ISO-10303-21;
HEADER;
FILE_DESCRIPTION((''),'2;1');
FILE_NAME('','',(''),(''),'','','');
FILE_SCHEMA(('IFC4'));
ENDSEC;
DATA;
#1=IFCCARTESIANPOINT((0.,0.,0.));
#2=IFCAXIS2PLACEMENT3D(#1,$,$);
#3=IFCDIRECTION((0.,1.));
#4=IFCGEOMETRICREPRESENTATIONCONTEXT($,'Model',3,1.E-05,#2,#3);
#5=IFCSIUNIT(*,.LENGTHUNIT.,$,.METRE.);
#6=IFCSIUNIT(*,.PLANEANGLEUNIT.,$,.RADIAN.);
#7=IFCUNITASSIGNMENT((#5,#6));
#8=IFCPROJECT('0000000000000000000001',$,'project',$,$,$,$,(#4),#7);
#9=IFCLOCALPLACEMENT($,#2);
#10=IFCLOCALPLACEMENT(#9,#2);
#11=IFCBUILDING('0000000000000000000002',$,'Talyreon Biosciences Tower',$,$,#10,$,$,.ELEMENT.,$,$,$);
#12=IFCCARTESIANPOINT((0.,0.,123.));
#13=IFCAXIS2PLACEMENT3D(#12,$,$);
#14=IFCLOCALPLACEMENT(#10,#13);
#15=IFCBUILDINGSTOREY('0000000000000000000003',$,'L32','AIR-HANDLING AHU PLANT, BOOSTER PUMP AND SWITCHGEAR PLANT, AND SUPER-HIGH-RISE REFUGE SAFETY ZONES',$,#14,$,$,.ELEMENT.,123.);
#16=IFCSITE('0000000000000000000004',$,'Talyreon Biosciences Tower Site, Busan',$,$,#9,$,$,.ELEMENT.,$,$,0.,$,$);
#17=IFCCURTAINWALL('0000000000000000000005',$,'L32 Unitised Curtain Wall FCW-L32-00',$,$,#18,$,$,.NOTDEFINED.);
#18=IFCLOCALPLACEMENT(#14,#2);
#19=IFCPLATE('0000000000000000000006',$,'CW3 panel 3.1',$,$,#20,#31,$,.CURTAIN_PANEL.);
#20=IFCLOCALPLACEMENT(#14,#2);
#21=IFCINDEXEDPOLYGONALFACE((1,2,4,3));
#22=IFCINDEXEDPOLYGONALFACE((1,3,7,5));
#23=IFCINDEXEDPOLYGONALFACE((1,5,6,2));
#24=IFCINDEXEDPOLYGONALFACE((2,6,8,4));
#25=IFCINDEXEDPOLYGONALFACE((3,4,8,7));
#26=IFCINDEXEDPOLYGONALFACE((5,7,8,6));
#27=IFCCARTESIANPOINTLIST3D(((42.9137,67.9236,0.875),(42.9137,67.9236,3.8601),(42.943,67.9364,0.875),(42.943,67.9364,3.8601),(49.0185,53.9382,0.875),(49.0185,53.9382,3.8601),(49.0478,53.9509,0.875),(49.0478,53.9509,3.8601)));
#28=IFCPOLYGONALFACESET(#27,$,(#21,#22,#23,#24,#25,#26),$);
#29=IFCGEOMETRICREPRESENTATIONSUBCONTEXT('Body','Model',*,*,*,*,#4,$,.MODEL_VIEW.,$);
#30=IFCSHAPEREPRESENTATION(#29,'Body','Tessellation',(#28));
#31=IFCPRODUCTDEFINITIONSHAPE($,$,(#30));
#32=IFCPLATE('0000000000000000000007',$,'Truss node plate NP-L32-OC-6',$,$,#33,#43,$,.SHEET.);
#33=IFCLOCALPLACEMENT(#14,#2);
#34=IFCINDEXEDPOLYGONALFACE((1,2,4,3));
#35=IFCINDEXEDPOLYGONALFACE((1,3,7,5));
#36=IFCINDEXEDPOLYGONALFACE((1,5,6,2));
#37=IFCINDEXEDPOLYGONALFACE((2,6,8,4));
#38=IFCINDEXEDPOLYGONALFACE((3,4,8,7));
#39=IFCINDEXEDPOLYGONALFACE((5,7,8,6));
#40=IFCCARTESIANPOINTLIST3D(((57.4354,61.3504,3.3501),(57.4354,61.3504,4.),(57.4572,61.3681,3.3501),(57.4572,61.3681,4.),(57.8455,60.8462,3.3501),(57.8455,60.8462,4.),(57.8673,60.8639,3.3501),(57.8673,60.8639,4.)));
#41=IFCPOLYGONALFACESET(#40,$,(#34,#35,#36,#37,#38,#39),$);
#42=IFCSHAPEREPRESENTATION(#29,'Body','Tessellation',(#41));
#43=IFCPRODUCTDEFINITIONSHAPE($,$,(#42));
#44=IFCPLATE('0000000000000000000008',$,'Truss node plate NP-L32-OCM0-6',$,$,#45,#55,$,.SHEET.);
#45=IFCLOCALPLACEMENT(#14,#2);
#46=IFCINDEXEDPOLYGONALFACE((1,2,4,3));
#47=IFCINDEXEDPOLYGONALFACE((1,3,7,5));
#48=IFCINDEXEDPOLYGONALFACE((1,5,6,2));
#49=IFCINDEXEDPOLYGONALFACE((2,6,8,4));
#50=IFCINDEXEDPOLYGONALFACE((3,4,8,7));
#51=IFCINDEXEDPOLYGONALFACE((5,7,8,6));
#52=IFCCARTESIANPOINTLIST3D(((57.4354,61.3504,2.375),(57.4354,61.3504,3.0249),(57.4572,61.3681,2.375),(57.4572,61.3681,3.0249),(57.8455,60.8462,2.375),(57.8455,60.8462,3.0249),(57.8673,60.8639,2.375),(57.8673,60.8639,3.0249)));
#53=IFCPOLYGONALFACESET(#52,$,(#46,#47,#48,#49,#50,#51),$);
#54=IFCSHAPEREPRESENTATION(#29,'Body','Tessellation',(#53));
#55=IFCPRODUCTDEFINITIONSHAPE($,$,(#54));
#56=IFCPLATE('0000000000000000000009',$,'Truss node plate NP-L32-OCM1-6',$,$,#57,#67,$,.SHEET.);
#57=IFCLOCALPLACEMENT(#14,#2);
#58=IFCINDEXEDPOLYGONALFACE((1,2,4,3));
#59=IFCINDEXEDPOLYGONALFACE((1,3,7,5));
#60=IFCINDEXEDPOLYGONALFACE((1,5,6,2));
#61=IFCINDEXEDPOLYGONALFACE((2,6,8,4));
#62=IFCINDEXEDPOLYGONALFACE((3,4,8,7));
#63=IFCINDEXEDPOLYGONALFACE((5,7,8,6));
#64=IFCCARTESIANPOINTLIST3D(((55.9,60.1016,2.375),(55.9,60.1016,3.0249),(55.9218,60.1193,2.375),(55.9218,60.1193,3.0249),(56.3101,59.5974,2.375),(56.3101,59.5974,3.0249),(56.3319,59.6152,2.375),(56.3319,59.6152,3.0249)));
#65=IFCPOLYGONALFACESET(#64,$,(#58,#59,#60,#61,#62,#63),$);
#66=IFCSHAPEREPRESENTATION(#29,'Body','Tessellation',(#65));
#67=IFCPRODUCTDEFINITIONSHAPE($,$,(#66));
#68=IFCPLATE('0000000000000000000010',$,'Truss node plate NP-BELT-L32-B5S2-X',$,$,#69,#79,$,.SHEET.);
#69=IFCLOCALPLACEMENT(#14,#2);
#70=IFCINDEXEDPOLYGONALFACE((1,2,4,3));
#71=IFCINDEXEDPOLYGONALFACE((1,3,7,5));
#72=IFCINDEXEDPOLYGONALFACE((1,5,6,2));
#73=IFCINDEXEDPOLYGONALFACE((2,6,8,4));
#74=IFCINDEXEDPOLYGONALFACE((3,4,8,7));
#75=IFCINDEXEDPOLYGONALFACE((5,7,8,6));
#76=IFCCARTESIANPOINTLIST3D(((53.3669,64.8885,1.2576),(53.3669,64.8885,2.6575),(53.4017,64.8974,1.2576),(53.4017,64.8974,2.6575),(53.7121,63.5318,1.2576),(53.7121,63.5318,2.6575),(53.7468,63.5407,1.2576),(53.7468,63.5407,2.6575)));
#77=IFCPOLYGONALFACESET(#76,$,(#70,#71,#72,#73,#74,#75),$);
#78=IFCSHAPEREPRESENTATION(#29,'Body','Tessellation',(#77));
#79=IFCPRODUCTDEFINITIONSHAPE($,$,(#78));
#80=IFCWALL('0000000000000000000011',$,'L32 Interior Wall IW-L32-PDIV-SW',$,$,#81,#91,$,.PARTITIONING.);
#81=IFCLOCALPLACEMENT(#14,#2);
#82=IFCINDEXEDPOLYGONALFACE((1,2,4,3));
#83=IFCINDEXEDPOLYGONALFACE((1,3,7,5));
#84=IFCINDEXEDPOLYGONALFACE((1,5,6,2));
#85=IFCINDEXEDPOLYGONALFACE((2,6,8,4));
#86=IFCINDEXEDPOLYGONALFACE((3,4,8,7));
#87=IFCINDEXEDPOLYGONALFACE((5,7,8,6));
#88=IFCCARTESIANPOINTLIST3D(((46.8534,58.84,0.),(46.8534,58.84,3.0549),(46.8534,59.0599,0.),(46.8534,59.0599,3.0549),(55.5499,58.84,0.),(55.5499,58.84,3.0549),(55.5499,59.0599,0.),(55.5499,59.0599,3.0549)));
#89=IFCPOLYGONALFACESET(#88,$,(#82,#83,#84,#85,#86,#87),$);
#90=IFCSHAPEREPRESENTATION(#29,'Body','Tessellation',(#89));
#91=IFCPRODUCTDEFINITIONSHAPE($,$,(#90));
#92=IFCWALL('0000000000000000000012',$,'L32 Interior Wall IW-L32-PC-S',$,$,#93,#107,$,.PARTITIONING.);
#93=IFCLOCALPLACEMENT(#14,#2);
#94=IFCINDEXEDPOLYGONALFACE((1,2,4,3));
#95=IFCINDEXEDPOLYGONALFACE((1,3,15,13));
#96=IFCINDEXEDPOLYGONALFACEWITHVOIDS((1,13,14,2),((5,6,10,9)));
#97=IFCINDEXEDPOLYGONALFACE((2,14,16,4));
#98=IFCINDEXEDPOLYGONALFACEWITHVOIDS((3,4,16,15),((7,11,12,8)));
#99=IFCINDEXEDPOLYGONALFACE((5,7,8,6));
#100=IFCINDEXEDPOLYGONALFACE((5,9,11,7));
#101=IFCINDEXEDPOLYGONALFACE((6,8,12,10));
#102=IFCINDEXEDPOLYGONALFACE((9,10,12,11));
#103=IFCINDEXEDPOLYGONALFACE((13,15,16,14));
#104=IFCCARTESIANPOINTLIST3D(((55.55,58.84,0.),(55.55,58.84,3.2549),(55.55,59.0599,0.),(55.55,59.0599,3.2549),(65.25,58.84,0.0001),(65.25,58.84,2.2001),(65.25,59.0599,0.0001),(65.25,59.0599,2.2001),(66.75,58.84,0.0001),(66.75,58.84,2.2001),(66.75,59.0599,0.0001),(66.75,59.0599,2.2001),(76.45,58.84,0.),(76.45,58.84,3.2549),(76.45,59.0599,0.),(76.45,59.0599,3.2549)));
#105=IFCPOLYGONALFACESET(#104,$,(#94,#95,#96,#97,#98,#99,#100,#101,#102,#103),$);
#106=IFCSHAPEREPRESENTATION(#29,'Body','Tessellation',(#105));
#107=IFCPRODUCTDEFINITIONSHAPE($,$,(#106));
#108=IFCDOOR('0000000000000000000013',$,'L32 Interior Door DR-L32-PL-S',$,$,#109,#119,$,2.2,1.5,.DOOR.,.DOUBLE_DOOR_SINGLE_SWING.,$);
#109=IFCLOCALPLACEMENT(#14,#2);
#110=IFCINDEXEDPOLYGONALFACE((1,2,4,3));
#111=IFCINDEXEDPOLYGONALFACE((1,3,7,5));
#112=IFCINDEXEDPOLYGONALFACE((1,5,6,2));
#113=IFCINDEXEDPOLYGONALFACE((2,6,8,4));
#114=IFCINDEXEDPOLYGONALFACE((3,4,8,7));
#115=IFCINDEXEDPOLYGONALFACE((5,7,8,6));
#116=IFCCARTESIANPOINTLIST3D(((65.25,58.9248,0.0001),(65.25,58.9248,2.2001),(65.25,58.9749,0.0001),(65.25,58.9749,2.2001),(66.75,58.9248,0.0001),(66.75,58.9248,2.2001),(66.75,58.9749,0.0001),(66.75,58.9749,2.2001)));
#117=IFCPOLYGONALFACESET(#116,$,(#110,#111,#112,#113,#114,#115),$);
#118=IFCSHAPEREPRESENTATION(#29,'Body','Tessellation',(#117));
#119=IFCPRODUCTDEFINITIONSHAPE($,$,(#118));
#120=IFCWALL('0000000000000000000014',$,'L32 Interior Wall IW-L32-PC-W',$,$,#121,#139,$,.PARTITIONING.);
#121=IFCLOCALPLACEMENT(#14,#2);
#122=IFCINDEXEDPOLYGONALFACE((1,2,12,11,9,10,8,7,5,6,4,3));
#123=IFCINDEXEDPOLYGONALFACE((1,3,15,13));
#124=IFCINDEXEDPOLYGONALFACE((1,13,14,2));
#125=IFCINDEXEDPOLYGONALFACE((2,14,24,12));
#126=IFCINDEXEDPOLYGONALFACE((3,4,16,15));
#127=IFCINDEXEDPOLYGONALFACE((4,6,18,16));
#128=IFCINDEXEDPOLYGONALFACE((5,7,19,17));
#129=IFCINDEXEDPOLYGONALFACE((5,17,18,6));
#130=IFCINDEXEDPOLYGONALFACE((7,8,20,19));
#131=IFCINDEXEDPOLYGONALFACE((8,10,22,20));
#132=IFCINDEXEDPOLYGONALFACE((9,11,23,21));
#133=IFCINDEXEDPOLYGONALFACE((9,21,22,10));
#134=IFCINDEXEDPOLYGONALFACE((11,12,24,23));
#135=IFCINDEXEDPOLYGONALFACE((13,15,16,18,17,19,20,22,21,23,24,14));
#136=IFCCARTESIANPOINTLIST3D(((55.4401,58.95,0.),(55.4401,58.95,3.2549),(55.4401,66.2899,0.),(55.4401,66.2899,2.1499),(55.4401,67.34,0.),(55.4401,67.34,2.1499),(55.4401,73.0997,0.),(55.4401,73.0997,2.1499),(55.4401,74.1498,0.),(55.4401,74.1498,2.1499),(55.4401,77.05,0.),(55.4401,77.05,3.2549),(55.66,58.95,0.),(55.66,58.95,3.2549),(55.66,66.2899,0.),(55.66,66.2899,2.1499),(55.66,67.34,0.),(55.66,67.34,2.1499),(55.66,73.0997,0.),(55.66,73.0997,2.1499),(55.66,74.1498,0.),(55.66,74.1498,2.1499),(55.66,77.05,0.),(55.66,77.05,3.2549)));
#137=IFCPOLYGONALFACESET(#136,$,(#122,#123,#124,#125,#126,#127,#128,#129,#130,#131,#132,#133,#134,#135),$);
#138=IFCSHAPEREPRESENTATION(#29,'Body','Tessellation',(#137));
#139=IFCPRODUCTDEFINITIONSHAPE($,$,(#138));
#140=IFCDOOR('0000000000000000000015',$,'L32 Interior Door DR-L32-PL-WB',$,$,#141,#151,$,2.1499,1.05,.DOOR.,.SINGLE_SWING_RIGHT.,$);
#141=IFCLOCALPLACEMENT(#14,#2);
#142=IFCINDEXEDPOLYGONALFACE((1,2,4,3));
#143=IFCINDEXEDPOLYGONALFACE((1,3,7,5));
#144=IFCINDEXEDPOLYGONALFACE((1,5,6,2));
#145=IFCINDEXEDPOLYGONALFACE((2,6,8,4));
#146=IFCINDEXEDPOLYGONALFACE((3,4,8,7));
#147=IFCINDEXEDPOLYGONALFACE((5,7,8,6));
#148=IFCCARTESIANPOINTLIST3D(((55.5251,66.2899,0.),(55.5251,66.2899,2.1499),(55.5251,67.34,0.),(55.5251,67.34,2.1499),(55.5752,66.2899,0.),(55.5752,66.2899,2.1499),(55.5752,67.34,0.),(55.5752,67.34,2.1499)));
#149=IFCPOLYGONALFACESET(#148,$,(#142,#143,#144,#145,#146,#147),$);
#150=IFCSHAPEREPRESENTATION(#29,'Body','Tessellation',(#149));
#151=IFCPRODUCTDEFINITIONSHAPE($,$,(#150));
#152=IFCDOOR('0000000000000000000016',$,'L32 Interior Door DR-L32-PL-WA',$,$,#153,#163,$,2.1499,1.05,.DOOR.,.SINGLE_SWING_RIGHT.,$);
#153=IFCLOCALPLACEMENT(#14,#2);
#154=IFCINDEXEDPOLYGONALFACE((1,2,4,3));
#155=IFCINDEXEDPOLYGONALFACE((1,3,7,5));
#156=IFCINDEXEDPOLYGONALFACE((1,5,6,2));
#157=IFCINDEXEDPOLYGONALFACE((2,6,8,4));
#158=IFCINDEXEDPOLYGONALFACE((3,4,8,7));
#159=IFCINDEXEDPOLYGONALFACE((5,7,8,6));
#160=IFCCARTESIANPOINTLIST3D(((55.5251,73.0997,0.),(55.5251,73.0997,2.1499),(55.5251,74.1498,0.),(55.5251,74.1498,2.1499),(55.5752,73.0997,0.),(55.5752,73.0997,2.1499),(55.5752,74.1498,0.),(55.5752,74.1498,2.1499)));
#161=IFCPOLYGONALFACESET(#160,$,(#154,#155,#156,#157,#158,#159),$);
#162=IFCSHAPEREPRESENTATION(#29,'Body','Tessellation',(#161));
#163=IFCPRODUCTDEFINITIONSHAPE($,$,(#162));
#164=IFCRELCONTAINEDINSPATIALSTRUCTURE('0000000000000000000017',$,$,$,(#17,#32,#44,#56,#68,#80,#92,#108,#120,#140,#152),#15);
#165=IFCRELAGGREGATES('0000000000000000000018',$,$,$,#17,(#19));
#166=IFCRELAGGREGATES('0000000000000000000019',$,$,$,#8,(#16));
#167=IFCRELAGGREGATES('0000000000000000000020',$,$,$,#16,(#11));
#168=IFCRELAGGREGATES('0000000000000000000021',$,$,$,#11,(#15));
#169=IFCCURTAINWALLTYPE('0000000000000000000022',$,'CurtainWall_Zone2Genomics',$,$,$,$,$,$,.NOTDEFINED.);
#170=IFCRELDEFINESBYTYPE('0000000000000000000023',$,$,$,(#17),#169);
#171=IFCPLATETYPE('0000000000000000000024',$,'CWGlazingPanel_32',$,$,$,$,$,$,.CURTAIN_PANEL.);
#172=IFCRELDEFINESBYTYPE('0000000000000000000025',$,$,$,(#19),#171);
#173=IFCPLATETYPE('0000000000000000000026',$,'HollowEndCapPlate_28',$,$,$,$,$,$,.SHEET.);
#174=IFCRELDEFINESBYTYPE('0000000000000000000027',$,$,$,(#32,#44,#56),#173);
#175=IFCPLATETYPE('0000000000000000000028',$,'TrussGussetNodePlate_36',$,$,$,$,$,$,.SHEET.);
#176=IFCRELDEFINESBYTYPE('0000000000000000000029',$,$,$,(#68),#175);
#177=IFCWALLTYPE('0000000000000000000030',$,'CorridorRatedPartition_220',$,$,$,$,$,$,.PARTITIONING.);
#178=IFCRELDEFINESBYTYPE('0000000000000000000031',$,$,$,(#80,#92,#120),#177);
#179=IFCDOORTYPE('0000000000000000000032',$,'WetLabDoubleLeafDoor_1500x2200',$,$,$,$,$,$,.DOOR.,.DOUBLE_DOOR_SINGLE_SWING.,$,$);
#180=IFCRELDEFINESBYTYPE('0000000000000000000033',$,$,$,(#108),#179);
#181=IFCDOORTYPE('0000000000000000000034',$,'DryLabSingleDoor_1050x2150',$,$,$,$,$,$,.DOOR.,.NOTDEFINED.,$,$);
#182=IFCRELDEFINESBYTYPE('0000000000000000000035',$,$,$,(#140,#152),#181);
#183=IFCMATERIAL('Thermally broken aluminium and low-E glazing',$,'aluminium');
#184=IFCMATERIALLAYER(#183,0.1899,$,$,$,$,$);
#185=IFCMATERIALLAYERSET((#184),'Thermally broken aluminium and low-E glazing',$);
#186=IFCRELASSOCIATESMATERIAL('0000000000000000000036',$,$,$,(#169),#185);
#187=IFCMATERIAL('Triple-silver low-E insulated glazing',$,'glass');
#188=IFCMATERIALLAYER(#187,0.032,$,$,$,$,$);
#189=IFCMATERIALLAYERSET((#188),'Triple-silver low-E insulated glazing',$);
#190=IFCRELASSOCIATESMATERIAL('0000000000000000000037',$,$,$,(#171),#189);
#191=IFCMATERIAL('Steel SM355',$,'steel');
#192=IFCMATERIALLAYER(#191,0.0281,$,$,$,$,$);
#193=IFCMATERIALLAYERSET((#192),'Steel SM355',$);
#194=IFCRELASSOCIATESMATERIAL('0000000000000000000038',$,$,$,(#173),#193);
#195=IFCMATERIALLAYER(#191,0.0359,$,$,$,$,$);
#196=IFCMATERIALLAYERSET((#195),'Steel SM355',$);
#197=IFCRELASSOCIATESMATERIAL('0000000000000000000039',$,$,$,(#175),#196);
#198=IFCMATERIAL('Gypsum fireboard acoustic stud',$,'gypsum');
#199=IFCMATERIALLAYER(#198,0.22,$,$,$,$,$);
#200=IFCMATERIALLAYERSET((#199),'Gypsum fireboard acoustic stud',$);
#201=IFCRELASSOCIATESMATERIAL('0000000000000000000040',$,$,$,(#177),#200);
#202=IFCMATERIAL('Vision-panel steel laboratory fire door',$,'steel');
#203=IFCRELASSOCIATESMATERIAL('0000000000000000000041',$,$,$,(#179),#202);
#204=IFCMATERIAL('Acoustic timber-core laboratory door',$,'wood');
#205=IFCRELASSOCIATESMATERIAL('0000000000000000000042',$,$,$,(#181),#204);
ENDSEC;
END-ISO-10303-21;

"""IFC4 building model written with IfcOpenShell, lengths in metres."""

from ifc_helpers import new_model, si_unit, direction, frame, frame_2d, origin, origin_2d, place, context, subcontext, project, spatial, rectangle, extrude, material, layer, layer_set, type_object, element, fill, aggregate, save


model = new_model("IFC4")

# Units and contexts
model_context = context("Model", 3, precision=1e-05, world=origin(), true_north=direction((0.0, 1.0)))
body_context = subcontext(model_context, "Body", "Model", "MODEL_VIEW")
ifc_project = project(units=[si_unit("LENGTHUNIT", "METRE"), si_unit("PLANEANGLEUNIT", "RADIAN")], contexts=[model_context])

# Site, building, storey
site_placement = place(None, origin())
site = spatial("IfcSite", under=ifc_project, at=site_placement, Name="Talyreon Biosciences Tower Site, Busan", CompositionType="ELEMENT", RefElevation=0.0)
building_placement = place(site_placement, origin())
building = spatial("IfcBuilding", under=site, at=building_placement, Name="Talyreon Biosciences Tower", CompositionType="ELEMENT")
storey_placement = place(building_placement, frame((0.0, 0.0, 123.0)))
storey = spatial("IfcBuildingStorey", under=building, at=storey_placement, Name="L32", Description="AIR-HANDLING AHU PLANT, BOOSTER PUMP AND SWITCHGEAR PLANT, AND SUPER-HIGH-RISE REFUGE SAFETY ZONES", CompositionType="ELEMENT", Elevation=123.0)

# Shared definitions
ifc_material_1 = material(Name="Steel SM355", Category="steel")

# Curtain wall, plate
ifc_material_2 = material(Name="Thermally broken aluminium and low-E glazing", Category="aluminium")
ifc_layer_1 = layer(ifc_material_2, 0.1899)
ifc_layer_set_1 = layer_set([ifc_layer_1], Name="Thermally broken aluminium and low-E glazing")
curtain_wall_type = type_object("IfcCurtainWallType", Name="CurtainWall_Zone2Genomics", PredefinedType="NOTDEFINED", material=ifc_layer_set_1)
curtain_wall_placement = place(storey_placement, origin())
curtain_wall = element("IfcCurtainWall", 1, at=curtain_wall_placement, inside=storey, type_object=curtain_wall_type, Name="L32 Unitised Curtain Wall FCW-L32-00", PredefinedType="NOTDEFINED")
ifc_material_3 = material(Name="Triple-silver low-E insulated glazing", Category="glass")
ifc_layer_2 = layer(ifc_material_3, 0.032)
ifc_layer_set_2 = layer_set([ifc_layer_2], Name="Triple-silver low-E insulated glazing")
plate_type_1 = type_object("IfcPlateType", Name="CWGlazingPanel_32", PredefinedType="CURTAIN_PANEL", material=ifc_layer_set_2)
plate_1_placement = place(storey_placement, frame((45.9807, 60.9373, 0.875), z_axis=(0.0, 0.0, 1.0), x_axis=(-0.400058, 0.91649, 0.0)))
plate_1 = element("IfcPlate", 2, at=plate_1_placement, type_object=plate_type_1, Name="CW3 panel 3.1", PredefinedType="CURTAIN_PANEL", context=body_context, shape_type="SweptSolid", body=[
    extrude(rectangle(XDim=15.2598, YDim=0.032, at=origin_2d()), origin(), (0.0, 0.0, 1.0), 2.9851),
])
aggregate(curtain_wall, [plate_1])

# Plates
ifc_layer_3 = layer(ifc_material_1, 0.0281)
ifc_layer_set_3 = layer_set([ifc_layer_3], Name="Steel SM355")
plate_type_2 = type_object("IfcPlateType", Name="HollowEndCapPlate_28", PredefinedType="SHEET", material=ifc_layer_set_3)
for number, where, z_axis, x_axis, name in (
    (3, (57.6514, 61.1072, 3.3501), (0.0, 0.0, 1.0), (0.631001, -0.775782, 0.0), "Truss node plate NP-L32-OC-6"),
    (4, (57.6514, 61.1072, 2.375), (0.0, 0.0, 1.0), (0.631001, -0.775782, 0.0), "Truss node plate NP-L32-OCM0-6"),
    (5, (56.116, 59.8584, 2.375), (0.0, 0.0, 1.0), (0.631001, -0.775782, 0.0), "Truss node plate NP-L32-OCM1-6"),
):
    element("IfcPlate", number, at=place(storey_placement, frame(where, z_axis=z_axis, x_axis=x_axis)), inside=storey, type_object=plate_type_2, Name=name, PredefinedType="SHEET", context=body_context, shape_type="SweptSolid", body=[
        extrude(rectangle(XDim=0.6499, YDim=0.0281, at=origin_2d()), origin(), (0.0, 0.0, 1.0), 0.6499),
    ])
ifc_layer_4 = layer(ifc_material_1, 0.0359)
ifc_layer_set_4 = layer_set([ifc_layer_4], Name="Steel SM355")
plate_type_3 = type_object("IfcPlateType", Name="TrussGussetNodePlate_36", PredefinedType="SHEET", material=ifc_layer_set_4)
plate_2_placement = place(storey_placement, frame((53.5569, 64.2146, 1.2576), z_axis=(0.0, 0.0, 1.0), x_axis=(0.246542, -0.969132, 0.0)))
element("IfcPlate", 6, at=plate_2_placement, inside=storey, type_object=plate_type_3, Name="Truss node plate NP-BELT-L32-B5S2-X", PredefinedType="SHEET", context=body_context, shape_type="SweptSolid", body=[
    extrude(rectangle(XDim=1.3999, YDim=0.0359, at=origin_2d()), origin(), (0.0, 0.0, 1.0), 1.3999),
])

# Wall
ifc_material_4 = material(Name="Gypsum fireboard acoustic stud", Category="gypsum")
ifc_layer_5 = layer(ifc_material_4, 0.22)
ifc_layer_set_5 = layer_set([ifc_layer_5], Name="Gypsum fireboard acoustic stud")
wall_type_1 = type_object("IfcWallType", Name="CorridorRatedPartition_220", PredefinedType="PARTITIONING", material=ifc_layer_set_5)
wall_1_placement = place(storey_placement, frame((46.8535, 58.95, 0.0), z_axis=(0.0, 0.0, 1.0), x_axis=(1.0, 0.0, 0.0)))
element("IfcWall", 7, at=wall_1_placement, inside=storey, type_object=wall_type_1, Name="L32 Interior Wall IW-L32-PDIV-SW", PredefinedType="PARTITIONING", context=body_context, shape_type="SweptSolid", body=[
    extrude(rectangle(XDim=8.6965, YDim=0.22, at=frame_2d((4.3481, 0.0))), origin(), (0.0, 0.0, 1.0), 3.0549),
])

# Wall, opening, door
wall_2_placement = place(storey_placement, frame((55.55, 58.95, 0.0), z_axis=(0.0, 0.0, 1.0), x_axis=(1.0, 0.0, 0.0)))
wall_2 = element("IfcWall", 8, at=wall_2_placement, inside=storey, type_object=wall_type_1, Name="L32 Interior Wall IW-L32-PC-S", PredefinedType="PARTITIONING", context=body_context, shape_type="SweptSolid", body=[
    extrude(rectangle(XDim=20.8999, YDim=0.22, at=frame_2d((10.45, 0.0))), origin(), (0.0, 0.0, 1.0), 3.2549),
])
opening_1_placement = place(wall_2_placement, frame((9.7, 0.0, 0.0)))
opening_1 = element("IfcOpeningElement", 9, at=opening_1_placement, cuts=wall_2, PredefinedType="OPENING", context=body_context, shape_type="SweptSolid", body=[
    extrude(rectangle(XDim=1.5, YDim=2.2, at=frame_2d((0.75, 1.1001))), frame((0.0, 0.1199, 0.0), z_axis=(0.0, -1.0, 0.0), x_axis=(1.0, 0.0, 0.0)), (0.0, 0.0, 1.0), 0.24),
])
ifc_material_5 = material(Name="Vision-panel steel laboratory fire door", Category="steel")
door_type_1 = type_object("IfcDoorType", Name="WetLabDoubleLeafDoor_1500x2200", OperationType="DOUBLE_DOOR_SINGLE_SWING", PredefinedType="DOOR", material=ifc_material_5)
door_1_placement = place(opening_1_placement, origin())
door_1 = element("IfcDoor", 10, at=door_1_placement, inside=storey, type_object=door_type_1, Name="L32 Interior Door DR-L32-PL-S", OperationType="DOUBLE_DOOR_SINGLE_SWING", OverallHeight=2.2, OverallWidth=1.5, PredefinedType="DOOR", context=body_context, shape_type="SweptSolid", body=[
    extrude(rectangle(XDim=1.5, YDim=2.2, at=frame_2d((0.75, 1.1001))), frame((0.0, 0.0249, 0.0), z_axis=(0.0, -1.0, 0.0), x_axis=(1.0, 0.0, 0.0)), (0.0, 0.0, 1.0), 0.05),
])
fill(opening_1, door_1)

# Wall, openings, doors
wall_3_placement = place(storey_placement, frame((55.55, 58.95, 0.0), z_axis=(0.0, 0.0, 1.0), x_axis=(0.0, 1.0, 0.0)))
wall_3 = element("IfcWall", 11, at=wall_3_placement, inside=storey, type_object=wall_type_1, Name="L32 Interior Wall IW-L32-PC-W", PredefinedType="PARTITIONING", context=body_context, shape_type="SweptSolid", body=[
    extrude(rectangle(XDim=18.1001, YDim=0.22, at=frame_2d((9.05, 0.0))), origin(), (0.0, 0.0, 1.0), 3.2549),
])
opening_2_placement = place(wall_3_placement, frame((7.3401, 0.0, 0.0)))
opening_2 = element("IfcOpeningElement", 12, at=opening_2_placement, cuts=wall_3, PredefinedType="OPENING", context=body_context, shape_type="SweptSolid", body=[
    extrude(rectangle(XDim=1.05, YDim=2.1499, at=frame_2d((0.5249, 1.075))), frame((0.0, 0.1199, 0.0), z_axis=(0.0, -1.0, 0.0), x_axis=(1.0, 0.0, 0.0)), (0.0, 0.0, 1.0), 0.24),
])
opening_3_placement = place(wall_3_placement, frame((14.1499, 0.0, 0.0)))
opening_3 = element("IfcOpeningElement", 13, at=opening_3_placement, cuts=wall_3, PredefinedType="OPENING", context=body_context, shape_type="SweptSolid", body=[
    extrude(rectangle(XDim=1.05, YDim=2.1499, at=frame_2d((0.5249, 1.075))), frame((0.0, 0.1199, 0.0), z_axis=(0.0, -1.0, 0.0), x_axis=(1.0, 0.0, 0.0)), (0.0, 0.0, 1.0), 0.24),
])
ifc_material_6 = material(Name="Acoustic timber-core laboratory door", Category="wood")
door_type_2 = type_object("IfcDoorType", Name="DryLabSingleDoor_1050x2150", OperationType="NOTDEFINED", PredefinedType="DOOR", material=ifc_material_6)
door_2_placement = place(opening_2_placement, origin())
door_2 = element("IfcDoor", 14, at=door_2_placement, inside=storey, type_object=door_type_2, Name="L32 Interior Door DR-L32-PL-WB", OperationType="SINGLE_SWING_RIGHT", OverallHeight=2.1499, OverallWidth=1.05, PredefinedType="DOOR", context=body_context, shape_type="SweptSolid", body=[
    extrude(rectangle(XDim=1.05, YDim=2.1499, at=frame_2d((0.5249, 1.075))), frame((0.0, 0.0249, 0.0), z_axis=(0.0, -1.0, 0.0), x_axis=(1.0, 0.0, 0.0)), (0.0, 0.0, 1.0), 0.05),
])
fill(opening_2, door_2)
door_3_placement = place(opening_3_placement, origin())
door_3 = element("IfcDoor", 15, at=door_3_placement, inside=storey, type_object=door_type_2, Name="L32 Interior Door DR-L32-PL-WA", OperationType="SINGLE_SWING_RIGHT", OverallHeight=2.1499, OverallWidth=1.05, PredefinedType="DOOR", context=body_context, shape_type="SweptSolid", body=[
    extrude(rectangle(XDim=1.05, YDim=2.1499, at=frame_2d((0.5249, 1.075))), frame((0.0, 0.0249, 0.0), z_axis=(0.0, -1.0, 0.0), x_axis=(1.0, 0.0, 0.0)), (0.0, 0.0, 1.0), 0.05),
])
fill(opening_3, door_3)

save(model, "model.ifc")
